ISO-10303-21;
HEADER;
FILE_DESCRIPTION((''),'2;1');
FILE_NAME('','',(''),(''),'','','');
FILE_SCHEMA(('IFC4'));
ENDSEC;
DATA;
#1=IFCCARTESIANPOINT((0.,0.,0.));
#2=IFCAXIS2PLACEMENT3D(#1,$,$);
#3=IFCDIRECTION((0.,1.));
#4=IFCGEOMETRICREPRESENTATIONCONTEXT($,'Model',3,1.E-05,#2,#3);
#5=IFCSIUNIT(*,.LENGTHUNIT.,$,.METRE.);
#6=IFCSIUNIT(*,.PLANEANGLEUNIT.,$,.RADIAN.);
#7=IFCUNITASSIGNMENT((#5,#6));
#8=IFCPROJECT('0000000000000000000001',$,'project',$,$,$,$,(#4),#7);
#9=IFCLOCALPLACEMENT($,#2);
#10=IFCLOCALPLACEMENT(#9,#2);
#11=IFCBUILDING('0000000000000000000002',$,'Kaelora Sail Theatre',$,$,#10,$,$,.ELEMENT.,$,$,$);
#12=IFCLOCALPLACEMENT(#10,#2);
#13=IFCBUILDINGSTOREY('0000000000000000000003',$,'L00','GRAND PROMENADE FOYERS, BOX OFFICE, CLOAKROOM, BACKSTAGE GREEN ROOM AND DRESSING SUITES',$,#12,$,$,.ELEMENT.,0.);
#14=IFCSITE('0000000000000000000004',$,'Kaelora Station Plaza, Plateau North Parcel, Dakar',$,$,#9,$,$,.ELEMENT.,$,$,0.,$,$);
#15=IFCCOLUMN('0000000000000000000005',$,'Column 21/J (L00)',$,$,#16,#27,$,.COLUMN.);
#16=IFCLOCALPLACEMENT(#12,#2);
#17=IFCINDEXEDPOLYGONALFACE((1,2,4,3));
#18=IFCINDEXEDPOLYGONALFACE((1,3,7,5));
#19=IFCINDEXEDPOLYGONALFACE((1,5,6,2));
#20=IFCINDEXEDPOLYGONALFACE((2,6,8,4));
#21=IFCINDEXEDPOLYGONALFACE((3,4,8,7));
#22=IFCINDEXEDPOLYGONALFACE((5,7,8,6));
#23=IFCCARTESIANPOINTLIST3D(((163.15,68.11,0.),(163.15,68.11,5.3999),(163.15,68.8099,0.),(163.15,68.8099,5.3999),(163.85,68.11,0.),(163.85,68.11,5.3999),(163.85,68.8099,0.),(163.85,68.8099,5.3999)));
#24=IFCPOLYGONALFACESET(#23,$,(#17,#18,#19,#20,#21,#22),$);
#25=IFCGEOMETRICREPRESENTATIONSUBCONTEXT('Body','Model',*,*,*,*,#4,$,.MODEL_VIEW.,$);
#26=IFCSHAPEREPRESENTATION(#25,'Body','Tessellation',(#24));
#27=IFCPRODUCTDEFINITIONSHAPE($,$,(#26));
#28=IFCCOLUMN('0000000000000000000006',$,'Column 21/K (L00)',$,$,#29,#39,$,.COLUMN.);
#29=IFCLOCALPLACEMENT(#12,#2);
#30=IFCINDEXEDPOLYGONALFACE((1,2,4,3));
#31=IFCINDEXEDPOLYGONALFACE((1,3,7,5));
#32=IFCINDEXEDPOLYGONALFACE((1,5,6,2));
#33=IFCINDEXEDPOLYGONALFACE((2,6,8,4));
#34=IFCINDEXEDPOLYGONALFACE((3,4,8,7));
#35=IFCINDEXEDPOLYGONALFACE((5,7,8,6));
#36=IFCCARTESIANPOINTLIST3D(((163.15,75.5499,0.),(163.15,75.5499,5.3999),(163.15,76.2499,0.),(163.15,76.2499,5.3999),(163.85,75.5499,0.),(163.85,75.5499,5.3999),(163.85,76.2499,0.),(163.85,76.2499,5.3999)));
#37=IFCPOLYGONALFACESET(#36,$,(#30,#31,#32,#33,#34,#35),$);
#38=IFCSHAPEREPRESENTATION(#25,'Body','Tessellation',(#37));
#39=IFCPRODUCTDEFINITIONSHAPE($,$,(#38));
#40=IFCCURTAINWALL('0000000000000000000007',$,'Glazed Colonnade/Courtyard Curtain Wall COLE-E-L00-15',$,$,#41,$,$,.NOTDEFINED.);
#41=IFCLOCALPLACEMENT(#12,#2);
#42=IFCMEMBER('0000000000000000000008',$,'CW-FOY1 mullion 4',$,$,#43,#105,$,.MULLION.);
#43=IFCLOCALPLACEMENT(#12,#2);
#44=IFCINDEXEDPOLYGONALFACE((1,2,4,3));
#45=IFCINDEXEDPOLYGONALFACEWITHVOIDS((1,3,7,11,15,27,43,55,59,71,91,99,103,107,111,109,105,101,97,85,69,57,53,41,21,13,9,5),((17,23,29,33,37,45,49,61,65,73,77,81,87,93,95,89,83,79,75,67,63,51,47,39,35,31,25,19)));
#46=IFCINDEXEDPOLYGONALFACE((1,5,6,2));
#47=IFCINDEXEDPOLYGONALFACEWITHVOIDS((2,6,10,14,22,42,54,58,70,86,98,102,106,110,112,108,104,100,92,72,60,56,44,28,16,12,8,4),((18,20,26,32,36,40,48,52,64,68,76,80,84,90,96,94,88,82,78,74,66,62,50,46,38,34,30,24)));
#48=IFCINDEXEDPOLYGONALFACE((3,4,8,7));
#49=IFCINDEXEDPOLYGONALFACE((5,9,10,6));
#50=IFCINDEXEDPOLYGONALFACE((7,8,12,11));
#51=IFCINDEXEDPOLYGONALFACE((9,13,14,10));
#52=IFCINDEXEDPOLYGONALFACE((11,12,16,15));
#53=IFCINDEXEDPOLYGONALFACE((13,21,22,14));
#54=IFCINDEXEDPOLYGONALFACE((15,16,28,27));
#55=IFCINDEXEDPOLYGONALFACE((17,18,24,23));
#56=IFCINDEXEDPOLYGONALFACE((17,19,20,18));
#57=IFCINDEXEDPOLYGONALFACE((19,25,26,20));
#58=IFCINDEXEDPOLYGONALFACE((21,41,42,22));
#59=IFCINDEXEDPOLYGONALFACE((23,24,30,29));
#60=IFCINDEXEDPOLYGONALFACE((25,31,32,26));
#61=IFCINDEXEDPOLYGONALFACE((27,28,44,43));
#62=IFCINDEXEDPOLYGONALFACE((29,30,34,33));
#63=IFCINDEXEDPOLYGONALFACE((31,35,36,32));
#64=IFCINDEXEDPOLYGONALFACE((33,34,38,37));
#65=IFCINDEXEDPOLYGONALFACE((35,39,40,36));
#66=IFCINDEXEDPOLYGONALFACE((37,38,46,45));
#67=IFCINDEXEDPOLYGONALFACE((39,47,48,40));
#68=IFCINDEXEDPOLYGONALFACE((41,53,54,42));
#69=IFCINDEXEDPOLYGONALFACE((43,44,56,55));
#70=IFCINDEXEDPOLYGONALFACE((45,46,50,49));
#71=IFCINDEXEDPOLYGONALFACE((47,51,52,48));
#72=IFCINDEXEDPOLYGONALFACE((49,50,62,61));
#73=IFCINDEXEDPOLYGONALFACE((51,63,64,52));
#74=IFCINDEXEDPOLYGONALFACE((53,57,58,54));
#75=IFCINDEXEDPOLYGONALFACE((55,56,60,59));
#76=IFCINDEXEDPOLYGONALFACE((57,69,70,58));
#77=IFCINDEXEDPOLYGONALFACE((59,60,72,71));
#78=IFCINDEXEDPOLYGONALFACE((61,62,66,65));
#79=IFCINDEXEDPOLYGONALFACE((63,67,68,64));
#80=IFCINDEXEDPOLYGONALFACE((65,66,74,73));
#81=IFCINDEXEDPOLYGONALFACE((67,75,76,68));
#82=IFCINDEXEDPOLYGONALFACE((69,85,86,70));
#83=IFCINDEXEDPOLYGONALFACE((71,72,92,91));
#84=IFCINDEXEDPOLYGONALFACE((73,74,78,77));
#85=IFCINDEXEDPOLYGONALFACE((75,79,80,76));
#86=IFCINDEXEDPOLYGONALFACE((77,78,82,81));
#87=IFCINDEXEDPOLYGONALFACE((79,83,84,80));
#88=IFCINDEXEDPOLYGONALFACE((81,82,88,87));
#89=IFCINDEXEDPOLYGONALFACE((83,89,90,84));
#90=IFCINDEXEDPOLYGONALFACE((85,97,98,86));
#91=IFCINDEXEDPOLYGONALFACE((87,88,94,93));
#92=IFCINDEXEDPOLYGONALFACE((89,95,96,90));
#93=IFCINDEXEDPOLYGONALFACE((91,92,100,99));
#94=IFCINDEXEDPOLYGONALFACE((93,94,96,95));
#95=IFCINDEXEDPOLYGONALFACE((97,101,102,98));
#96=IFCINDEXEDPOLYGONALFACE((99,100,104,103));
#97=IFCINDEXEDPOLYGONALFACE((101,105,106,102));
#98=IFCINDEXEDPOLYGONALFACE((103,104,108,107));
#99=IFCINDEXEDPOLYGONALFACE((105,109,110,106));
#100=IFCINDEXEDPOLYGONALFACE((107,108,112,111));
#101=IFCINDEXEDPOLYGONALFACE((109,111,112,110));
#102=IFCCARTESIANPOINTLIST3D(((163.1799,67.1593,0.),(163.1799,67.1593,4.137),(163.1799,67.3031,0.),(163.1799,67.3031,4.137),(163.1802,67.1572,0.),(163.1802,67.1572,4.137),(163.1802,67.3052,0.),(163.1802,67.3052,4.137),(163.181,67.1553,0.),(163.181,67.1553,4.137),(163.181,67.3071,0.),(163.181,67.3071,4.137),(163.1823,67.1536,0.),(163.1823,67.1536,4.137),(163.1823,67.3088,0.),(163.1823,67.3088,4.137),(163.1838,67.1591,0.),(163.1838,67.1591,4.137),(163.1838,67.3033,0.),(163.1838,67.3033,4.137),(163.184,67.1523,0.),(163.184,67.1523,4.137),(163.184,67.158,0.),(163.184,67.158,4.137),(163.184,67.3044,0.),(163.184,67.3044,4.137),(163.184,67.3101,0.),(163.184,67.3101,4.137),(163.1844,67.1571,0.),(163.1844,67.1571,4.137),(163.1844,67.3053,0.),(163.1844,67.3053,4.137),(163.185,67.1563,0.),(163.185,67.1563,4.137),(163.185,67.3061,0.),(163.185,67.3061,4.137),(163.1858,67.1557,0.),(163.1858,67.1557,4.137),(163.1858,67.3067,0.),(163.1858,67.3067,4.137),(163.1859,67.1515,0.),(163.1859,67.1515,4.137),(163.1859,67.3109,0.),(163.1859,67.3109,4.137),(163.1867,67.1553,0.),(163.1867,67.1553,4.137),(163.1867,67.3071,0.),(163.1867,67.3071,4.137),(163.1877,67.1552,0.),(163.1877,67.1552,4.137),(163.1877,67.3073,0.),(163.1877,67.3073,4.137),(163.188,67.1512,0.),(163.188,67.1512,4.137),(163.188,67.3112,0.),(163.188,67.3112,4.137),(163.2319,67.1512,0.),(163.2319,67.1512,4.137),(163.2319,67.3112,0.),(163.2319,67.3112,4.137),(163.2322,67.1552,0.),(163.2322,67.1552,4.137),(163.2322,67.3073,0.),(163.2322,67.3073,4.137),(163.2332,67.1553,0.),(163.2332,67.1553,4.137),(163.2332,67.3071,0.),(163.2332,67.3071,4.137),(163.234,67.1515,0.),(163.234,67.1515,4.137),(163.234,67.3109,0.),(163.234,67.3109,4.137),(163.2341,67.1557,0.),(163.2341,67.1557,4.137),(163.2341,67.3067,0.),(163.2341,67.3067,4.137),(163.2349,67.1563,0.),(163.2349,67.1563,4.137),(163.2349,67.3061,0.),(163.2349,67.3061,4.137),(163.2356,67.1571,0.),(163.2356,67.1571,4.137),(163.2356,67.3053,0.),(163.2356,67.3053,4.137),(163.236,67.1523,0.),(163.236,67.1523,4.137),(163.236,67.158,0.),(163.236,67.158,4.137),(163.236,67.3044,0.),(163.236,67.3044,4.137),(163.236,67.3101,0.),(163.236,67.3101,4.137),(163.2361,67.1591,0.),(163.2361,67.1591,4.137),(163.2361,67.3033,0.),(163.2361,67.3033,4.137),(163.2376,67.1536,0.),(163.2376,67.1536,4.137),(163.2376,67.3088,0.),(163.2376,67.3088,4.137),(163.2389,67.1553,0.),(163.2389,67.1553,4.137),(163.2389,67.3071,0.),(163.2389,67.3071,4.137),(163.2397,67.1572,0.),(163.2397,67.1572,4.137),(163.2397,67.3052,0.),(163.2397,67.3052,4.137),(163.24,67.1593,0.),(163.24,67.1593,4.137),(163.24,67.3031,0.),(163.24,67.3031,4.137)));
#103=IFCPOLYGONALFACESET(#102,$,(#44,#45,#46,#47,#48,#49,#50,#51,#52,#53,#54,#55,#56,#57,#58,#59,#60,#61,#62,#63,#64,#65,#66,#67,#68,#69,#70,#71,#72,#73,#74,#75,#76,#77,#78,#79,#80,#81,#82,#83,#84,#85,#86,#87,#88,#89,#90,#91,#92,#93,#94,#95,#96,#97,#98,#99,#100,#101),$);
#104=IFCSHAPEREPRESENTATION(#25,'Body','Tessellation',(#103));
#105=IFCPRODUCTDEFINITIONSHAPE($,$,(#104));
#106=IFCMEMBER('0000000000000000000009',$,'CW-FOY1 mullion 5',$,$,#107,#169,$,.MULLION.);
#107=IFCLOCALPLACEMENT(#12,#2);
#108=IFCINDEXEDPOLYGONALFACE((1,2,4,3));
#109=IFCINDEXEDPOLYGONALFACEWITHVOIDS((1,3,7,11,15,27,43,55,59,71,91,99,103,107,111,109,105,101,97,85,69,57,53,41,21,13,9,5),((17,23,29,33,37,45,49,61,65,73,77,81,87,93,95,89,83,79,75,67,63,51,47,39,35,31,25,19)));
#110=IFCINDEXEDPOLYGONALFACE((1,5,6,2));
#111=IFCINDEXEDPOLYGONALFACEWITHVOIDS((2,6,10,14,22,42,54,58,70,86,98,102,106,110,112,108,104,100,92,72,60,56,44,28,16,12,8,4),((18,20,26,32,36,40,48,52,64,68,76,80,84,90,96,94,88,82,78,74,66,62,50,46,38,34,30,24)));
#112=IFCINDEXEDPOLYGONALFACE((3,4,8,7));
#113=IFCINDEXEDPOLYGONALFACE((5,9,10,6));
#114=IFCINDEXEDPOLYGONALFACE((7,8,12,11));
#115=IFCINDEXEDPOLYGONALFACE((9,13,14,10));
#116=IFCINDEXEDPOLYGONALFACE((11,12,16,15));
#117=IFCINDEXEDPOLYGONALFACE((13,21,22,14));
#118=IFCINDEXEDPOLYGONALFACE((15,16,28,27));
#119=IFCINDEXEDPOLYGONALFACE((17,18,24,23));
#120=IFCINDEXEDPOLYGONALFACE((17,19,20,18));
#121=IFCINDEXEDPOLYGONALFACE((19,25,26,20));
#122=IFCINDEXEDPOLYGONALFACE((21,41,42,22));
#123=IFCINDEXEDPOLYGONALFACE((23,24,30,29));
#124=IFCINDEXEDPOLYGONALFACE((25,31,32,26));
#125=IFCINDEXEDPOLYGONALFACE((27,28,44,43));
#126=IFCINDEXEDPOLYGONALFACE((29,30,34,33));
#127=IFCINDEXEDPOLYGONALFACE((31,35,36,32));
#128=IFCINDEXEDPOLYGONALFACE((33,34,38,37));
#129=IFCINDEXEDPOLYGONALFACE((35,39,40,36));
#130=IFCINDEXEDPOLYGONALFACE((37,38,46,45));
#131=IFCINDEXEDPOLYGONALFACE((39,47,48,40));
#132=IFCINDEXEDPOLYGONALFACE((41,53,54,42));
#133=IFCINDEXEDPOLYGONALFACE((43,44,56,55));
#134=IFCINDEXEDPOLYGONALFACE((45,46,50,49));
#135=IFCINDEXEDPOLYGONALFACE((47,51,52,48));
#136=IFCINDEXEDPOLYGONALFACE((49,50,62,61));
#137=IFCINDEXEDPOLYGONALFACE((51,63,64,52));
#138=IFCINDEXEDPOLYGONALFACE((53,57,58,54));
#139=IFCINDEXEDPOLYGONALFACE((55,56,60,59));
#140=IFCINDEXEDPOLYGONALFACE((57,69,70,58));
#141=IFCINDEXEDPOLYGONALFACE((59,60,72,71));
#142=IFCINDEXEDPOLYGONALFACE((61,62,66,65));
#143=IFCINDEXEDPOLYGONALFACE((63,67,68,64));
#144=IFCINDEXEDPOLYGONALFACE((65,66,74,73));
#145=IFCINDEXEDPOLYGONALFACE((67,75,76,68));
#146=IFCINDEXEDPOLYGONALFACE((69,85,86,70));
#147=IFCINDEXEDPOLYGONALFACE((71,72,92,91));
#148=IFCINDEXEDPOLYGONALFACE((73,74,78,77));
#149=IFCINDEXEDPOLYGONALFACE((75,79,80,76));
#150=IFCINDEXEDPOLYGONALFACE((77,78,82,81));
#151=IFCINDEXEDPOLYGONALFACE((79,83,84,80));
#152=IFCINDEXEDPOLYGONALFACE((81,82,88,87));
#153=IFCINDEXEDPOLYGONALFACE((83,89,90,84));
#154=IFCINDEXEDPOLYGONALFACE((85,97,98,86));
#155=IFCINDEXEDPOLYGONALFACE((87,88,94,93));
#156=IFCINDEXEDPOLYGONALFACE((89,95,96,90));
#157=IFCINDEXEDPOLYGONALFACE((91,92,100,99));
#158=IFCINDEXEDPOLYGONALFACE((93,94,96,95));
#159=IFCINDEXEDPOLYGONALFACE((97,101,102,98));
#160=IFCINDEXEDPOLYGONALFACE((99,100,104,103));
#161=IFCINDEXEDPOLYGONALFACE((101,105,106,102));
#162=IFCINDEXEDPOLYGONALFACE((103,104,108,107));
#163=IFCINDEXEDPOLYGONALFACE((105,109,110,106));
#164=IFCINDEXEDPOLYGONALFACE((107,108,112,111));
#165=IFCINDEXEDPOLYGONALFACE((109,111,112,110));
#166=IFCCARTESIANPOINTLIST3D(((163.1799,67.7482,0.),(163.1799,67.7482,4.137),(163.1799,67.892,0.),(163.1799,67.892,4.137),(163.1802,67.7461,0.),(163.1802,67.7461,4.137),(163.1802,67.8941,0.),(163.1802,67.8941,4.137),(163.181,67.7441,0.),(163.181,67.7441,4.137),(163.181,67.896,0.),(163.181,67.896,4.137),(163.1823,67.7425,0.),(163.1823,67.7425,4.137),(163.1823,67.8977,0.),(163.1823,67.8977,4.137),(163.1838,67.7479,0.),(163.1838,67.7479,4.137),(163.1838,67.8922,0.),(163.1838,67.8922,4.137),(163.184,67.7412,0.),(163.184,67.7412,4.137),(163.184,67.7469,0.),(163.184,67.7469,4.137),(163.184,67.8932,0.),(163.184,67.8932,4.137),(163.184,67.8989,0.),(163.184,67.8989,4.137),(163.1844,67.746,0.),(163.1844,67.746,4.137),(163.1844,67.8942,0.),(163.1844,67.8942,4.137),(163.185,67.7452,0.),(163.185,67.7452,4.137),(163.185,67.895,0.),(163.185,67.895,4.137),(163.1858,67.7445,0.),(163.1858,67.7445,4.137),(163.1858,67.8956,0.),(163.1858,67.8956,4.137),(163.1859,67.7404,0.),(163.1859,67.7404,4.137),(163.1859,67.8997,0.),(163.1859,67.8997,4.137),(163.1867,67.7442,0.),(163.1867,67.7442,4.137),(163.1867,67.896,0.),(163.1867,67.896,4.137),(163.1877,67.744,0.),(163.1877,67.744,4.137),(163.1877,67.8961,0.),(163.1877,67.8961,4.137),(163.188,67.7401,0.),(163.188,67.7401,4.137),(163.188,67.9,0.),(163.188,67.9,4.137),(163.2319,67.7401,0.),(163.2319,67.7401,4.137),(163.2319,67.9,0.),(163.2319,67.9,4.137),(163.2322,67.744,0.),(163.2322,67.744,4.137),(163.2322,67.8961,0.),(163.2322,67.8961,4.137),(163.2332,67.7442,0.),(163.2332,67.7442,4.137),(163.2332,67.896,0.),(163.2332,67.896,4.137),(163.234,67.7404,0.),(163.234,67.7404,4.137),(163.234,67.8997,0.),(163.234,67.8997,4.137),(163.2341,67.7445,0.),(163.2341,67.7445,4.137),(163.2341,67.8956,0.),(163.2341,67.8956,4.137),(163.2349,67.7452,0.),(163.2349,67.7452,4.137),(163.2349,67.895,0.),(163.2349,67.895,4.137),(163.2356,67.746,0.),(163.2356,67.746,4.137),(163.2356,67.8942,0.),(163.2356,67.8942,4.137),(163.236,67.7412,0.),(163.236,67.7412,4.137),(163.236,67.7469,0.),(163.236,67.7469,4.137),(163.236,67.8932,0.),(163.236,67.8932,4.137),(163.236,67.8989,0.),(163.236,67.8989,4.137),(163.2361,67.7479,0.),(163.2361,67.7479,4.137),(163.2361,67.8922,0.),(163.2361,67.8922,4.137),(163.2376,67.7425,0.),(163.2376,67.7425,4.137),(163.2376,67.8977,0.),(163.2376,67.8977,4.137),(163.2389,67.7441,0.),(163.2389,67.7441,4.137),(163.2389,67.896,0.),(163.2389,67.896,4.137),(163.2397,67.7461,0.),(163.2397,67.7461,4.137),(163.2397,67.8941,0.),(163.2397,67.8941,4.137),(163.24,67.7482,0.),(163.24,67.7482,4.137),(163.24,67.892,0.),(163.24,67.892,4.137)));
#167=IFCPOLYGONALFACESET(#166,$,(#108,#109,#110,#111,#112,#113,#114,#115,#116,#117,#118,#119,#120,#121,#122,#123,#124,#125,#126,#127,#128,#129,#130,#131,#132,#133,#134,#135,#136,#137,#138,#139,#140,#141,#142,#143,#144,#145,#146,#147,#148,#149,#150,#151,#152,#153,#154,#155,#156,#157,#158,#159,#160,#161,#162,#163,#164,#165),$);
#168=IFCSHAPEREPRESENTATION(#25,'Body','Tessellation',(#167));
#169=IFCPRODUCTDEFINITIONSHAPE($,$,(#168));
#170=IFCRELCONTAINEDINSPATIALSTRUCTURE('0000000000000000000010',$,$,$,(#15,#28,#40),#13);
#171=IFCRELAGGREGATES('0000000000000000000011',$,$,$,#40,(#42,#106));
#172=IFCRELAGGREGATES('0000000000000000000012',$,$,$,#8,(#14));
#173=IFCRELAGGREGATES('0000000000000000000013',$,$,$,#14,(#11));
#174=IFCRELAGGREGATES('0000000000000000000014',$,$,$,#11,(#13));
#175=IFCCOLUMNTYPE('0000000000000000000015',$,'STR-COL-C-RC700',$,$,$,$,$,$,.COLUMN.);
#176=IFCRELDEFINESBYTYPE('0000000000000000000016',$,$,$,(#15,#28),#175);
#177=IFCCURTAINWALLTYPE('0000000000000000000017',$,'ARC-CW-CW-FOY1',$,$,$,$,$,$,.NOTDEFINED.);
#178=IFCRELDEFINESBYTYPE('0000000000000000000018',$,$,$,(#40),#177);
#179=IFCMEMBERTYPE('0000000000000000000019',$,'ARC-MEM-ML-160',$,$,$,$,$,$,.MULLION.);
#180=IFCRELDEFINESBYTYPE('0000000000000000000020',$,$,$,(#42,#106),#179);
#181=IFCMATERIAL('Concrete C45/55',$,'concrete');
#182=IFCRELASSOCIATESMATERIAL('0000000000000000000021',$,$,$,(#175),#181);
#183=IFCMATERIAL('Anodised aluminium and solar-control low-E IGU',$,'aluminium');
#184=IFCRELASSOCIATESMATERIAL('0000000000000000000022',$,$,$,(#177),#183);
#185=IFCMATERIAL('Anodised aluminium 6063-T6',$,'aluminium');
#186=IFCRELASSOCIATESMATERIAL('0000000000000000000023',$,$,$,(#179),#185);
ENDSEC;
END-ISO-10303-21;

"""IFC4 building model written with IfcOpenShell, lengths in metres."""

from ifc_helpers import new_model, si_unit, direction, frame, origin, origin_2d, place, context, subcontext, project, spatial, rectangle, hollow_rectangle, extrude, material, material_profile, profile_set, type_object, element, aggregate, save


model = new_model("IFC4")

# Units and contexts
model_context = context("Model", 3, precision=1e-05, world=origin(), true_north=direction((0.0, 1.0)))
body_context = subcontext(model_context, "Body", "Model", "MODEL_VIEW")
ifc_project = project(units=[si_unit("LENGTHUNIT", "METRE"), si_unit("PLANEANGLEUNIT", "RADIAN")], contexts=[model_context])

# Site, building, storey
site_placement = place(None, origin())
site = spatial("IfcSite", under=ifc_project, at=site_placement, Name="Kaelora Station Plaza, Plateau North Parcel, Dakar", CompositionType="ELEMENT", RefElevation=0.0)
building_placement = place(site_placement, origin())
building = spatial("IfcBuilding", under=site, at=building_placement, Name="Kaelora Sail Theatre", CompositionType="ELEMENT")
storey_placement = place(building_placement, origin())
storey = spatial("IfcBuildingStorey", under=building, at=storey_placement, Name="L00", Description="GRAND PROMENADE FOYERS, BOX OFFICE, CLOAKROOM, BACKSTAGE GREEN ROOM AND DRESSING SUITES", CompositionType="ELEMENT", Elevation=0.0)

# Columns
ifc_material_1 = material(Name="Concrete C45/55", Category="concrete")
ifc_material_profile_1 = material_profile(ifc_material_1, rectangle(XDim=0.7, YDim=0.7, at=origin_2d()), Name="RC-COL 700x700")
ifc_profile_set_1 = profile_set([ifc_material_profile_1], Name="Concrete C45/55")
column_type = type_object("IfcColumnType", Name="STR-COL-C-RC700", PredefinedType="COLUMN", material=ifc_profile_set_1)
for number, where, z_axis, x_axis, name in (
    (1, (163.5, 68.46, 0.0), (0.0, 0.0, 1.0), (1.0, 0.0, 0.0), "Column 21/J (L00)"),
    (2, (163.5, 75.8999, 0.0), (0.0, 0.0, 1.0), (1.0, 0.0, 0.0), "Column 21/K (L00)"),
):
    element("IfcColumn", number, at=place(storey_placement, frame(where, z_axis=z_axis, x_axis=x_axis)), inside=storey, type_object=column_type, Name=name, PredefinedType="COLUMN", context=body_context, shape_type="SweptSolid", body=[
        extrude(rectangle(XDim=0.7, YDim=0.7, at=origin_2d()), origin(), (0.0, 0.0, 1.0), 5.3999),
    ])

# Curtain wall, members
ifc_material_2 = material(Name="Anodised aluminium and solar-control low-E IGU", Category="aluminium")
curtain_wall_type = type_object("IfcCurtainWallType", Name="ARC-CW-CW-FOY1", PredefinedType="NOTDEFINED", material=ifc_material_2)
curtain_wall_placement = place(storey_placement, origin())
curtain_wall = element("IfcCurtainWall", 3, at=curtain_wall_placement, inside=storey, type_object=curtain_wall_type, Name="Glazed Colonnade/Courtyard Curtain Wall COLE-E-L00-15", PredefinedType="NOTDEFINED")
ifc_material_3 = material(Name="Anodised aluminium 6063-T6", Category="aluminium")
ifc_material_profile_2 = material_profile(ifc_material_3, hollow_rectangle(XDim=0.0601, YDim=0.1599, WallThickness=0.0039, InnerFilletRadius=0.0039, OuterFilletRadius=0.0081, at=origin_2d()), Name="ALU-MULL 60x160x4")
ifc_profile_set_2 = profile_set([ifc_material_profile_2], Name="Anodised aluminium 6063-T6")
member_type_1 = type_object("IfcMemberType", Name="ARC-MEM-ML-160", PredefinedType="MULLION", material=ifc_profile_set_2)
member_1_placement = place(storey_placement, frame((163.21, 67.2312, 0.0), z_axis=(0.0, 0.0, 1.0), x_axis=(-1.0, 0.0, 0.0)))
member_1 = element("IfcMember", 4, at=member_1_placement, type_object=member_type_1, Name="CW-FOY1 mullion 4", PredefinedType="MULLION", context=body_context, shape_type="SweptSolid", body=[
    extrude(hollow_rectangle(XDim=0.0601, YDim=0.1599, WallThickness=0.0039, InnerFilletRadius=0.0039, OuterFilletRadius=0.0081, at=origin_2d()), origin(), (0.0, 0.0, 1.0), 4.137),
])
member_2_placement = place(storey_placement, frame((163.21, 67.8201, 0.0), z_axis=(0.0, 0.0, 1.0), x_axis=(-1.0, 0.0, 0.0)))
member_2 = element("IfcMember", 5, at=member_2_placement, type_object=member_type_1, Name="CW-FOY1 mullion 5", PredefinedType="MULLION", context=body_context, shape_type="SweptSolid", body=[
    extrude(hollow_rectangle(XDim=0.0601, YDim=0.1599, WallThickness=0.0039, InnerFilletRadius=0.0039, OuterFilletRadius=0.0081, at=origin_2d()), origin(), (0.0, 0.0, 1.0), 4.137),
])

aggregate(curtain_wall, [member_1, member_2])

save(model, "model.ifc")
